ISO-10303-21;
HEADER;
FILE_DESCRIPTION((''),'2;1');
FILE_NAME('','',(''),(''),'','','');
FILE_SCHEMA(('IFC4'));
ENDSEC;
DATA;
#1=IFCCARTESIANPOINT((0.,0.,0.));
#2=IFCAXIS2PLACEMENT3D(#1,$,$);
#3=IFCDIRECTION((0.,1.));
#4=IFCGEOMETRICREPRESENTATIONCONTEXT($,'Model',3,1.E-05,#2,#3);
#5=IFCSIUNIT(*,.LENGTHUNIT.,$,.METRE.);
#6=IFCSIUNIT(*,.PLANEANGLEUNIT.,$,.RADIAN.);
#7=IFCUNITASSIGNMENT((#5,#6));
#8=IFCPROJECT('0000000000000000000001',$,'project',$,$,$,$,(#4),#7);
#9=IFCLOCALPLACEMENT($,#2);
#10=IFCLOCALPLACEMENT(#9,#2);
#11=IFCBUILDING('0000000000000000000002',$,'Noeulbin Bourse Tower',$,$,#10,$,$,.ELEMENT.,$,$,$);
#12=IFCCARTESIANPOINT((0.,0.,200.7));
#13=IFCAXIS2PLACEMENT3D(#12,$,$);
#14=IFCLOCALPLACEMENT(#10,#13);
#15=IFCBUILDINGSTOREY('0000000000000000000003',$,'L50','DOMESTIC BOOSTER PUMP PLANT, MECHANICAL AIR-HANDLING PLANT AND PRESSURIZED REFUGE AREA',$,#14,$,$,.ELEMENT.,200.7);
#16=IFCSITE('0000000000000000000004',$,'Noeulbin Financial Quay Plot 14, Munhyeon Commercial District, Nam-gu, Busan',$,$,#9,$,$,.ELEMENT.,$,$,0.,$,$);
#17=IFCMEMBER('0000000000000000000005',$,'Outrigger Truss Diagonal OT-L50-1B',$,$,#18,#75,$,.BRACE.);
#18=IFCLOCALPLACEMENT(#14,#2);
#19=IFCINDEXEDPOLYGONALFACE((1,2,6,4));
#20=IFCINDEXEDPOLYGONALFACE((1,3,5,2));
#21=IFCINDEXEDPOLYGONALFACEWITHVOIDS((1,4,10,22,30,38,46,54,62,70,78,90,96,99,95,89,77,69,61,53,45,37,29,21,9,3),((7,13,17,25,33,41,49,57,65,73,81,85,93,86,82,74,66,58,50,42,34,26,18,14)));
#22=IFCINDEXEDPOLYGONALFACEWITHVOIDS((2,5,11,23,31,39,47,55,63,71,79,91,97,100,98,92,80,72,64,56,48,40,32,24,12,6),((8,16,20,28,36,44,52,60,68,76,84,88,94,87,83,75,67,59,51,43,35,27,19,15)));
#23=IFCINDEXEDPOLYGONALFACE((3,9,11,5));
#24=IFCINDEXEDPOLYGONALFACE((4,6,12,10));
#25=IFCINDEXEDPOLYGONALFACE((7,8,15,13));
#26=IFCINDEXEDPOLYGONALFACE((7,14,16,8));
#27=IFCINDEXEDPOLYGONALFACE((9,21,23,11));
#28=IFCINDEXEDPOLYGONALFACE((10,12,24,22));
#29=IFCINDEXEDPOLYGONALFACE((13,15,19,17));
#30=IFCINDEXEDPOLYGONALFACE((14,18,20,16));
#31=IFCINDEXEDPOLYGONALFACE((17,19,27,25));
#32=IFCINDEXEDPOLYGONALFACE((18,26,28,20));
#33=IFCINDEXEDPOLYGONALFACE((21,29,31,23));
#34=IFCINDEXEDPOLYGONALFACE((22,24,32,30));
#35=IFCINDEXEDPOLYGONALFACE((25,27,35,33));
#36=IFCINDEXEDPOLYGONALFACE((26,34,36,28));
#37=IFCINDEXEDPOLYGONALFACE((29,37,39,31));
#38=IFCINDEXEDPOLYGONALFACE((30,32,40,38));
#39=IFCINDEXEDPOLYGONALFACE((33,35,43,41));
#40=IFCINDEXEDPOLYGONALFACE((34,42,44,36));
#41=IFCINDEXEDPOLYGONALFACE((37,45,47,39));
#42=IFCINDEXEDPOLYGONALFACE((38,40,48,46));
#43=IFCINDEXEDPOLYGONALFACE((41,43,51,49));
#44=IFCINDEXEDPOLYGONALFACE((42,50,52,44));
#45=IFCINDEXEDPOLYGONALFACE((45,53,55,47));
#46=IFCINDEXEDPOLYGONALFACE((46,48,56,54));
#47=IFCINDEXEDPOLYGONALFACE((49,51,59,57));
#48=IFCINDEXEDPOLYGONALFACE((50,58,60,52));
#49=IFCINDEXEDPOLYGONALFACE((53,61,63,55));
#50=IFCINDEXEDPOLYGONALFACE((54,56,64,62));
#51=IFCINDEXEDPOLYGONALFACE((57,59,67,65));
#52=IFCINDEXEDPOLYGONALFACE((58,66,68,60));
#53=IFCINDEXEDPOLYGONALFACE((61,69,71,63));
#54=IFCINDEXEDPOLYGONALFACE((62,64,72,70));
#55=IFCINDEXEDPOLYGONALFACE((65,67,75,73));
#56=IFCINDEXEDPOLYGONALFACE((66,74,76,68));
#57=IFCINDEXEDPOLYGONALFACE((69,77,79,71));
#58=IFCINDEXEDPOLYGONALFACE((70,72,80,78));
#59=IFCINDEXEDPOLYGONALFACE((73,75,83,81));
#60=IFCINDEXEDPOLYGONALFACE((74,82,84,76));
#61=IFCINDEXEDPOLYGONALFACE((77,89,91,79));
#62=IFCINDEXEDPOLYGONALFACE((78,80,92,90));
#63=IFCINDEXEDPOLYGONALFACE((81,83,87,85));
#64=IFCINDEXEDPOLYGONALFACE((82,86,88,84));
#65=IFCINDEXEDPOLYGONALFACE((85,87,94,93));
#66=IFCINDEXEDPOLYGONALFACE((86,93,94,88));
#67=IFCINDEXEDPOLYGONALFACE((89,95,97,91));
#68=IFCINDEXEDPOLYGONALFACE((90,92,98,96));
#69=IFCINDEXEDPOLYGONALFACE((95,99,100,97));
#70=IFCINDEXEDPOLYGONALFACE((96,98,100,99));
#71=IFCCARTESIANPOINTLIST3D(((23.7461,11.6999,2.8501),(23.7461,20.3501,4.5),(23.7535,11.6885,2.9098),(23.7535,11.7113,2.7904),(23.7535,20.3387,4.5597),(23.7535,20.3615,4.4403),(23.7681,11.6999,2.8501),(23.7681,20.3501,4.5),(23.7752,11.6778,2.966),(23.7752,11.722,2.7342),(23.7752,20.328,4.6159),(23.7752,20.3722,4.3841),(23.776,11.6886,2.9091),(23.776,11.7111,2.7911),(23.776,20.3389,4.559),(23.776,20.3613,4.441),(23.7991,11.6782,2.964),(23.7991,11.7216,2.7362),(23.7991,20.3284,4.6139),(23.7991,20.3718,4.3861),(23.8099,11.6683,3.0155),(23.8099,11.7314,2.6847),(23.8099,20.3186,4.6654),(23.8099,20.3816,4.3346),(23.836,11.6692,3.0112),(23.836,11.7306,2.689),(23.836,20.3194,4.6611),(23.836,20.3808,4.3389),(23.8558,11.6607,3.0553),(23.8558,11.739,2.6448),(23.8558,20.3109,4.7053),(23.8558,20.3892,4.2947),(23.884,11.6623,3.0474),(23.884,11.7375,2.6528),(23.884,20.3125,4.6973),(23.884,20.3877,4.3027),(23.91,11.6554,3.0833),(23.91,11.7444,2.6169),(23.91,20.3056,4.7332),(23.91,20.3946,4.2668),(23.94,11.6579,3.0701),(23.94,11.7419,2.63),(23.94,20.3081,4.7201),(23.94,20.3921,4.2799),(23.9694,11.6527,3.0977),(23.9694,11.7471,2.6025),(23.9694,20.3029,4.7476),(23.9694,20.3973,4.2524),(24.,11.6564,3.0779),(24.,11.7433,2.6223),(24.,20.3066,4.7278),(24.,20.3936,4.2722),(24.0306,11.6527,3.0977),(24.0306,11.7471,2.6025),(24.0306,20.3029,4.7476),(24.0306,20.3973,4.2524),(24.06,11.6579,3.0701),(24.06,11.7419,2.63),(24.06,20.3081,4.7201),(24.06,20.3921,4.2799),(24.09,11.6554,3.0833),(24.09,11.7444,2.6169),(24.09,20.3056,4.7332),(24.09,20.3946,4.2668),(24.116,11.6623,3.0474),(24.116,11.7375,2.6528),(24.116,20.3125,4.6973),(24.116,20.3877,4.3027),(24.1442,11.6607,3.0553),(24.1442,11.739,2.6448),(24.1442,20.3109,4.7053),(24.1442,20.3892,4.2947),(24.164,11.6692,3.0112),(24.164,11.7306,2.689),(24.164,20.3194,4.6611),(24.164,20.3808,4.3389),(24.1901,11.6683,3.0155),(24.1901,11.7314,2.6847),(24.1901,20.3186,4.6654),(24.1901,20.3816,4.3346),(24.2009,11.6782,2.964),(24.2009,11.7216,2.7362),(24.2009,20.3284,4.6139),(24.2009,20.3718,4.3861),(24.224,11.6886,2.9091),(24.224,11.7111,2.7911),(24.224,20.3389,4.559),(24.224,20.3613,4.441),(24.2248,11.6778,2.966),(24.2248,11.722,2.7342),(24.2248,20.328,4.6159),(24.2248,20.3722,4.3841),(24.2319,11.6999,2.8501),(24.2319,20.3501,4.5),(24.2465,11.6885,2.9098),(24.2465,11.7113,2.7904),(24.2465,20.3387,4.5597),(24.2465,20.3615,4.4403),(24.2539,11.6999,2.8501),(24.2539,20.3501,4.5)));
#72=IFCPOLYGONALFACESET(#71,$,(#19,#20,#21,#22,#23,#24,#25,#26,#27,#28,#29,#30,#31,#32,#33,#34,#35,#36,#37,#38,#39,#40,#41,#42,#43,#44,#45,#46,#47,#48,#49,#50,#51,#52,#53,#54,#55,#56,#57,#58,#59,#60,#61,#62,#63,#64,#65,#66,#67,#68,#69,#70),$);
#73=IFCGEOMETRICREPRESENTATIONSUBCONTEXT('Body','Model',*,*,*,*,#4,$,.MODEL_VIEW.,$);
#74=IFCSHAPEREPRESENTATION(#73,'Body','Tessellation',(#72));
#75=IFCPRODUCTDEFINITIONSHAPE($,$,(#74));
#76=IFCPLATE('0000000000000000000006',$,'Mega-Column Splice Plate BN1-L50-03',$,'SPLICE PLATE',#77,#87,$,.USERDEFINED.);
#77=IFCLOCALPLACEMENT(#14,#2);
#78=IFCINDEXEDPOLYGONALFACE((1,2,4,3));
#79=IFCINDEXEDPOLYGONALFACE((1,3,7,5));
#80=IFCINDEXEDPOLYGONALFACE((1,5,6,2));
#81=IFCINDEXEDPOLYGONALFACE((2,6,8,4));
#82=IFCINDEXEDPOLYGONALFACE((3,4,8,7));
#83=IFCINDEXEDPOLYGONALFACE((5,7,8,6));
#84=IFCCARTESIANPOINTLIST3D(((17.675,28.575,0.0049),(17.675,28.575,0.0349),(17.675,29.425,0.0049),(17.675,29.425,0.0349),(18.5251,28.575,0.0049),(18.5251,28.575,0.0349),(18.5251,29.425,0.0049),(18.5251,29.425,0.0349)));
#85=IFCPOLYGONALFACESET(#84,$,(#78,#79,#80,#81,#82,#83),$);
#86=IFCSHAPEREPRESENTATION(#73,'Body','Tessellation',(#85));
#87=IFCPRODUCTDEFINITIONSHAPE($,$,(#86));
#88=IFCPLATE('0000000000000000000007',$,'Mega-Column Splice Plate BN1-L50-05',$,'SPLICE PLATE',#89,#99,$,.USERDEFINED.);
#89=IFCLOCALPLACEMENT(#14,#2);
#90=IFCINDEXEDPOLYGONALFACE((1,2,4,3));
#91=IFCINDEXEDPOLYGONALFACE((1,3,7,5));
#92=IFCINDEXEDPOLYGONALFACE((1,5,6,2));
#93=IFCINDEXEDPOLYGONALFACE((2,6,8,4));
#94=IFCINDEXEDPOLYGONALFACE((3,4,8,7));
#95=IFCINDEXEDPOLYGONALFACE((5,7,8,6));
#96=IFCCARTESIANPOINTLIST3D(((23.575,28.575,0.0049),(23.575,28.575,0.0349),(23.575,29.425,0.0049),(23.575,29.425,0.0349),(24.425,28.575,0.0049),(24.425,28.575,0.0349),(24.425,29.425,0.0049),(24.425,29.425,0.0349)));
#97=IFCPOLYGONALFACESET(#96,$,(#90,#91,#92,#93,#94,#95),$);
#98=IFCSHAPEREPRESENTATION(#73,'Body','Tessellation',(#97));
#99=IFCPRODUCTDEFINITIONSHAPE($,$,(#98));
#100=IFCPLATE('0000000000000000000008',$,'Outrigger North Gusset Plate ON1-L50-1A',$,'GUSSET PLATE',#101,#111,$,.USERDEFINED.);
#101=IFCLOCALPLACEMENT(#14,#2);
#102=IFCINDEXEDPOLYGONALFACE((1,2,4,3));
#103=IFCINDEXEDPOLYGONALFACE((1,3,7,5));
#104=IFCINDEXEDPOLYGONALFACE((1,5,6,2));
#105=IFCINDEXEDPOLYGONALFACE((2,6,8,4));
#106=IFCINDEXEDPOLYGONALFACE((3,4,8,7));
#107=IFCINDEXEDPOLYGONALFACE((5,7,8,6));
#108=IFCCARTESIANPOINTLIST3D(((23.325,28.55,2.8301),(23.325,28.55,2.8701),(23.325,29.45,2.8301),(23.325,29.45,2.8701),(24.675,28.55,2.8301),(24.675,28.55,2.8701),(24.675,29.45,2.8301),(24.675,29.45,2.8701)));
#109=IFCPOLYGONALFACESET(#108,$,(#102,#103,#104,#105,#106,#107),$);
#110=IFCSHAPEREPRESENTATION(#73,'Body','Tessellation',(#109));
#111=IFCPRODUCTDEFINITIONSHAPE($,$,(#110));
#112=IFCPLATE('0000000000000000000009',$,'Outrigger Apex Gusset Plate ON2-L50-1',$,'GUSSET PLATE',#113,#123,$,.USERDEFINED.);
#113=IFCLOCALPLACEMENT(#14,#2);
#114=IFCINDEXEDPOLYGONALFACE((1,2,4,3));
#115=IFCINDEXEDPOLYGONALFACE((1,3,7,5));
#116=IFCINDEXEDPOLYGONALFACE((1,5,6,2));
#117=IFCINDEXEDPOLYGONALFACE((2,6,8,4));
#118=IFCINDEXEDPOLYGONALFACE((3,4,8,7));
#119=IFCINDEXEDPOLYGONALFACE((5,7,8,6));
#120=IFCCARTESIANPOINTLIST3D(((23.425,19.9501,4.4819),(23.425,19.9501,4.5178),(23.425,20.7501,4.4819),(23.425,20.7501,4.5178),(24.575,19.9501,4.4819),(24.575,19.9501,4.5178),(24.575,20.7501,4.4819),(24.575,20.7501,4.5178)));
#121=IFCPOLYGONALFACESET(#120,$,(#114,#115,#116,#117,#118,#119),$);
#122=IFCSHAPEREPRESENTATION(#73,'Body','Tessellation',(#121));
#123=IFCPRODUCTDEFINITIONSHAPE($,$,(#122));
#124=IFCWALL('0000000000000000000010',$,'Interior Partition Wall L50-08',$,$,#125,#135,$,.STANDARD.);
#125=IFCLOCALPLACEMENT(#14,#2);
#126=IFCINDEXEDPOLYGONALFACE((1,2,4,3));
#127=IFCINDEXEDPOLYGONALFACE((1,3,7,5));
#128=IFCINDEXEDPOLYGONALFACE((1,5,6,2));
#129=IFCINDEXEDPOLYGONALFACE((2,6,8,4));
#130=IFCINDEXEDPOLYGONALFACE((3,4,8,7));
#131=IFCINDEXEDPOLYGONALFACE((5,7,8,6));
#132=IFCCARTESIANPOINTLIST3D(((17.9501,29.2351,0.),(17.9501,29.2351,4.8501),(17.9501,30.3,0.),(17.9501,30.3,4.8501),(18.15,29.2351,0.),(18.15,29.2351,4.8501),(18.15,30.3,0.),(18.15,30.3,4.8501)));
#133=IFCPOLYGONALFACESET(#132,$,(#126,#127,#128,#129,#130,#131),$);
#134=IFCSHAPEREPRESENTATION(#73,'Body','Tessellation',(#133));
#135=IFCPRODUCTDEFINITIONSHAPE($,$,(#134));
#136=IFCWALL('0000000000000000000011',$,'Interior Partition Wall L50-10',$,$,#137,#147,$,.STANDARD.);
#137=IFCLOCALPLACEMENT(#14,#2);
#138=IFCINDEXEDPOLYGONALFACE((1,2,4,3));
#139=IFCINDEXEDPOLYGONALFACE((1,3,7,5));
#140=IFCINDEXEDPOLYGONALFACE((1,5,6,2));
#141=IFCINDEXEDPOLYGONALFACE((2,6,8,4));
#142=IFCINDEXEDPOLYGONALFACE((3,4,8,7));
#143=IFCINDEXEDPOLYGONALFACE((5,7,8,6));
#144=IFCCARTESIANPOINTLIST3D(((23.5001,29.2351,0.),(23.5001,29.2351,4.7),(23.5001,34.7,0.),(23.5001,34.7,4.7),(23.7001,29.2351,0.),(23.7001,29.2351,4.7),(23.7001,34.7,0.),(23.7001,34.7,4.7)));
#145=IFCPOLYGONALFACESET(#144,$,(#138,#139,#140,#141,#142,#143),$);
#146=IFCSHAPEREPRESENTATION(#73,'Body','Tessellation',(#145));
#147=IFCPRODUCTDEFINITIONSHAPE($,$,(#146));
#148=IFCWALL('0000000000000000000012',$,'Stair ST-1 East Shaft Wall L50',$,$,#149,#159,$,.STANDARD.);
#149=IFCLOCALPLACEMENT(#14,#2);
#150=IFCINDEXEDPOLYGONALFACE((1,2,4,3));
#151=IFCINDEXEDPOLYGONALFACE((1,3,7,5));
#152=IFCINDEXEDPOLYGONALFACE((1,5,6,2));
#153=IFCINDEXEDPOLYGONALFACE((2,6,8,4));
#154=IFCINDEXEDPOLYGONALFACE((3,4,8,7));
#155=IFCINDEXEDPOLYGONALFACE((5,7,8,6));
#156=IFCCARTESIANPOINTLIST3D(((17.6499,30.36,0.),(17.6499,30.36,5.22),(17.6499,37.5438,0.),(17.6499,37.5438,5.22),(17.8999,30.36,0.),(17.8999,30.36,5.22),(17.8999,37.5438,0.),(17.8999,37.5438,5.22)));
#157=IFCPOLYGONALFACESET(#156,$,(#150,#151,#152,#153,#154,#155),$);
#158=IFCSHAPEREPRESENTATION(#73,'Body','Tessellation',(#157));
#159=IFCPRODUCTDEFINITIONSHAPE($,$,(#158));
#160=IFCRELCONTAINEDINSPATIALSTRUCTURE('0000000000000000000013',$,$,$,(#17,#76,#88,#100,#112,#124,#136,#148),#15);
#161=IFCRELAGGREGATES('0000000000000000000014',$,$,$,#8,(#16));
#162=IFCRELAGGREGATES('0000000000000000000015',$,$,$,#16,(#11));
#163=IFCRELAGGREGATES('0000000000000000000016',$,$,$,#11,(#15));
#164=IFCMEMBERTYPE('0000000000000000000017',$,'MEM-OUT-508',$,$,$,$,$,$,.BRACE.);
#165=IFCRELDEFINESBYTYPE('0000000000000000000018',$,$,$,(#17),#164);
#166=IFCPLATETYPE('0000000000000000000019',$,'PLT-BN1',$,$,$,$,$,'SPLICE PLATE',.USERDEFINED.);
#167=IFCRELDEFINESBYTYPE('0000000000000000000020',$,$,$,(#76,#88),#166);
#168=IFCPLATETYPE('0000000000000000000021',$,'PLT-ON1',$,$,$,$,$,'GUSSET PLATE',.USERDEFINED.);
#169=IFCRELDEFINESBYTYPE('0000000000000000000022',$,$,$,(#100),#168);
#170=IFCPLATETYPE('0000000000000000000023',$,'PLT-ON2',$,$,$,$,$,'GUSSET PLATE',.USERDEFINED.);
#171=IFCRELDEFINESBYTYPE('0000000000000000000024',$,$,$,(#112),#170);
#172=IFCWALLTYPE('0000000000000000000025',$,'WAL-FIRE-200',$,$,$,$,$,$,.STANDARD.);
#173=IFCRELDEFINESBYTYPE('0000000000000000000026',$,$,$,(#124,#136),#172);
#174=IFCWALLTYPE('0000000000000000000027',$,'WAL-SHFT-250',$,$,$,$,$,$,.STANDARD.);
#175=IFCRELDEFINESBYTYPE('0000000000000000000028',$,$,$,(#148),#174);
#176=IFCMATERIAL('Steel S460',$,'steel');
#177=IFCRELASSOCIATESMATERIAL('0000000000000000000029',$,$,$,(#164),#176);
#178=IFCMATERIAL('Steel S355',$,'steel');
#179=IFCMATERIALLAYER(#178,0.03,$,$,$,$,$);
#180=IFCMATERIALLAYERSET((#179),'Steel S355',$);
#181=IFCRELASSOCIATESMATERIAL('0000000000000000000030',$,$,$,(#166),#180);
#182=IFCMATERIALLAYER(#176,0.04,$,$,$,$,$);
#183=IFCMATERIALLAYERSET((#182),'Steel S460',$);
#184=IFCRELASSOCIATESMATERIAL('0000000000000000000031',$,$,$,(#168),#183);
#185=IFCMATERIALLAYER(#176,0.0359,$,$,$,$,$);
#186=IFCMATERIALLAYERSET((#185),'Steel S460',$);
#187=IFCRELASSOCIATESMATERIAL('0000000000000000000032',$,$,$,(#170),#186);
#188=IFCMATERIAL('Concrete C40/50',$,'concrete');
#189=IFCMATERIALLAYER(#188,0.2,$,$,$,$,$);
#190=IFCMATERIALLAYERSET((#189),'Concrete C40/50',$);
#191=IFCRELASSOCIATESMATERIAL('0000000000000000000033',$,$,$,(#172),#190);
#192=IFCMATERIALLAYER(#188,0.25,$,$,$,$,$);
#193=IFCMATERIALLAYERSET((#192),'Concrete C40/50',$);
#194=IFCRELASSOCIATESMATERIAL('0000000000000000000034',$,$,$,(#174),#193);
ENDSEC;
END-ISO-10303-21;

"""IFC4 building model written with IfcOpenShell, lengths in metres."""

from ifc_helpers import new_model, si_unit, direction, frame, frame_2d, origin, origin_2d, place, context, subcontext, project, spatial, rectangle, hollow_circle, extrude, material, layer, layer_set, material_profile, profile_set, type_object, element, save


model = new_model("IFC4")

# Units and contexts
model_context = context("Model", 3, precision=1e-05, world=origin(), true_north=direction((0.0, 1.0)))
body_context = subcontext(model_context, "Body", "Model", "MODEL_VIEW")
ifc_project = project(units=[si_unit("LENGTHUNIT", "METRE"), si_unit("PLANEANGLEUNIT", "RADIAN")], contexts=[model_context])

# Site, building, storey
site_placement = place(None, origin())
site = spatial("IfcSite", under=ifc_project, at=site_placement, Name="Noeulbin Financial Quay Plot 14, Munhyeon Commercial District, Nam-gu, Busan", CompositionType="ELEMENT", RefElevation=0.0)
building_placement = place(site_placement, origin())
building = spatial("IfcBuilding", under=site, at=building_placement, Name="Noeulbin Bourse Tower", CompositionType="ELEMENT")
storey_placement = place(building_placement, frame((0.0, 0.0, 200.7)))
storey = spatial("IfcBuildingStorey", under=building, at=storey_placement, Name="L50", Description="DOMESTIC BOOSTER PUMP PLANT, MECHANICAL AIR-HANDLING PLANT AND PRESSURIZED REFUGE AREA", CompositionType="ELEMENT", Elevation=200.7)

# Shared definitions
ifc_material_1 = material(Name="Steel S460", Category="steel")

# Shared definitions
ifc_material_2 = material(Name="Steel S355", Category="steel")

# Member
ifc_material_profile_1 = material_profile(ifc_material_1, hollow_circle(Radius=0.2539, WallThickness=0.022, at=origin_2d()), Name="CHS-508.0x22.0", Category="LoadBearing")
ifc_profile_set_1 = profile_set([ifc_material_profile_1], Name="Steel S460")
member_type_1 = type_object("IfcMemberType", Name="MEM-OUT-508", PredefinedType="BRACE", material=ifc_profile_set_1)
member_1_placement = place(storey_placement, frame((24.0, 20.3501, 4.5), z_axis=(0.0, -0.982291, -0.187359), x_axis=(1.0, 0.0, 0.0)))
element("IfcMember", 1, at=member_1_placement, inside=storey, type_object=member_type_1, Name="Outrigger Truss Diagonal OT-L50-1B", PredefinedType="BRACE", context=body_context, shape_type="SweptSolid", body=[
    extrude(hollow_circle(Radius=0.2539, WallThickness=0.022, at=origin_2d()), origin(), (0.0, 0.0, 1.0), 8.8062),
])

# Plates
ifc_layer_1 = layer(ifc_material_2, 0.03)
ifc_layer_set_1 = layer_set([ifc_layer_1], Name="Steel S355")
plate_type_1 = type_object("IfcPlateType", Name="PLT-BN1", ElementType="SPLICE PLATE", PredefinedType="USERDEFINED", material=ifc_layer_set_1)
for number, where, z_axis, x_axis, name in (
    (2, (18.1001, 29.0, 0.0049), (0.0, 0.0, 1.0), (1.0, 0.0, 0.0), "Mega-Column Splice Plate BN1-L50-03"),
    (3, (24.0, 29.0, 0.0049), (0.0, 0.0, 1.0), (1.0, 0.0, 0.0), "Mega-Column Splice Plate BN1-L50-05"),
):
    element("IfcPlate", number, at=place(storey_placement, frame(where, z_axis=z_axis, x_axis=x_axis)), inside=storey, type_object=plate_type_1, Name=name, ObjectType="SPLICE PLATE", PredefinedType="USERDEFINED", context=body_context, shape_type="SweptSolid", body=[
        extrude(rectangle(XDim=0.8501, YDim=0.8501, at=origin_2d()), origin(), (0.0, 0.0, 1.0), 0.03),
    ])
ifc_layer_2 = layer(ifc_material_1, 0.04)
ifc_layer_set_2 = layer_set([ifc_layer_2], Name="Steel S460")
plate_type_2 = type_object("IfcPlateType", Name="PLT-ON1", ElementType="GUSSET PLATE", PredefinedType="USERDEFINED", material=ifc_layer_set_2)
plate_1_placement = place(storey_placement, frame((24.0, 29.0, 2.8301), z_axis=(0.0, 0.0, 1.0), x_axis=(1.0, 0.0, 0.0)))
element("IfcPlate", 4, at=plate_1_placement, inside=storey, type_object=plate_type_2, Name="Outrigger North Gusset Plate ON1-L50-1A", ObjectType="GUSSET PLATE", PredefinedType="USERDEFINED", context=body_context, shape_type="SweptSolid", body=[
    extrude(rectangle(XDim=1.3501, YDim=0.8999, at=origin_2d()), origin(), (0.0, 0.0, 1.0), 0.04),
])
ifc_layer_3 = layer(ifc_material_1, 0.0359)
ifc_layer_set_3 = layer_set([ifc_layer_3], Name="Steel S460")
plate_type_3 = type_object("IfcPlateType", Name="PLT-ON2", ElementType="GUSSET PLATE", PredefinedType="USERDEFINED", material=ifc_layer_set_3)
plate_2_placement = place(storey_placement, frame((24.0, 20.3501, 4.4819), z_axis=(0.0, 0.0, 1.0), x_axis=(1.0, 0.0, 0.0)))
element("IfcPlate", 5, at=plate_2_placement, inside=storey, type_object=plate_type_3, Name="Outrigger Apex Gusset Plate ON2-L50-1", ObjectType="GUSSET PLATE", PredefinedType="USERDEFINED", context=body_context, shape_type="SweptSolid", body=[
    extrude(rectangle(XDim=1.1499, YDim=0.8, at=origin_2d()), origin(), (0.0, 0.0, 1.0), 0.0359),
])

# Walls
ifc_material_3 = material(Name="Concrete C40/50", Category="concrete")
ifc_layer_4 = layer(ifc_material_3, 0.2)
ifc_layer_set_4 = layer_set([ifc_layer_4], Name="Concrete C40/50")
wall_type_1 = type_object("IfcWallType", Name="WAL-FIRE-200", PredefinedType="STANDARD", material=ifc_layer_set_4)
wall_1_placement = place(storey_placement, frame((18.05, 29.2351, 0.0), z_axis=(0.0, 0.0, 1.0), x_axis=(0.0, 1.0, 0.0)))
element("IfcWall", 6, at=wall_1_placement, inside=storey, type_object=wall_type_1, Name="Interior Partition Wall L50-08", PredefinedType="STANDARD", context=body_context, shape_type="SweptSolid", body=[
    extrude(rectangle(XDim=1.0649, YDim=0.2, at=frame_2d((0.5325, 0.0))), origin(), (0.0, 0.0, 1.0), 4.8501),
])
wall_2_placement = place(storey_placement, frame((23.6001, 29.2351, 0.0), z_axis=(0.0, 0.0, 1.0), x_axis=(0.0, 1.0, 0.0)))
element("IfcWall", 7, at=wall_2_placement, inside=storey, type_object=wall_type_1, Name="Interior Partition Wall L50-10", PredefinedType="STANDARD", context=body_context, shape_type="SweptSolid", body=[
    extrude(rectangle(XDim=5.4648, YDim=0.2, at=frame_2d((2.7324, 0.0))), origin(), (0.0, 0.0, 1.0), 4.7),
])
ifc_layer_5 = layer(ifc_material_3, 0.25)
ifc_layer_set_5 = layer_set([ifc_layer_5], Name="Concrete C40/50")
wall_type_2 = type_object("IfcWallType", Name="WAL-SHFT-250", PredefinedType="STANDARD", material=ifc_layer_set_5)
wall_3_placement = place(storey_placement, frame((17.7749, 30.3601, 0.0), z_axis=(0.0, 0.0, 1.0), x_axis=(0.0, 1.0, 0.0)))
element("IfcWall", 8, at=wall_3_placement, inside=storey, type_object=wall_type_2, Name="Stair ST-1 East Shaft Wall L50", PredefinedType="STANDARD", context=body_context, shape_type="SweptSolid", body=[
    extrude(rectangle(XDim=7.1838, YDim=0.25, at=frame_2d((3.5918, 0.0))), origin(), (0.0, 0.0, 1.0), 5.22),
])

save(model, "model.ifc")
